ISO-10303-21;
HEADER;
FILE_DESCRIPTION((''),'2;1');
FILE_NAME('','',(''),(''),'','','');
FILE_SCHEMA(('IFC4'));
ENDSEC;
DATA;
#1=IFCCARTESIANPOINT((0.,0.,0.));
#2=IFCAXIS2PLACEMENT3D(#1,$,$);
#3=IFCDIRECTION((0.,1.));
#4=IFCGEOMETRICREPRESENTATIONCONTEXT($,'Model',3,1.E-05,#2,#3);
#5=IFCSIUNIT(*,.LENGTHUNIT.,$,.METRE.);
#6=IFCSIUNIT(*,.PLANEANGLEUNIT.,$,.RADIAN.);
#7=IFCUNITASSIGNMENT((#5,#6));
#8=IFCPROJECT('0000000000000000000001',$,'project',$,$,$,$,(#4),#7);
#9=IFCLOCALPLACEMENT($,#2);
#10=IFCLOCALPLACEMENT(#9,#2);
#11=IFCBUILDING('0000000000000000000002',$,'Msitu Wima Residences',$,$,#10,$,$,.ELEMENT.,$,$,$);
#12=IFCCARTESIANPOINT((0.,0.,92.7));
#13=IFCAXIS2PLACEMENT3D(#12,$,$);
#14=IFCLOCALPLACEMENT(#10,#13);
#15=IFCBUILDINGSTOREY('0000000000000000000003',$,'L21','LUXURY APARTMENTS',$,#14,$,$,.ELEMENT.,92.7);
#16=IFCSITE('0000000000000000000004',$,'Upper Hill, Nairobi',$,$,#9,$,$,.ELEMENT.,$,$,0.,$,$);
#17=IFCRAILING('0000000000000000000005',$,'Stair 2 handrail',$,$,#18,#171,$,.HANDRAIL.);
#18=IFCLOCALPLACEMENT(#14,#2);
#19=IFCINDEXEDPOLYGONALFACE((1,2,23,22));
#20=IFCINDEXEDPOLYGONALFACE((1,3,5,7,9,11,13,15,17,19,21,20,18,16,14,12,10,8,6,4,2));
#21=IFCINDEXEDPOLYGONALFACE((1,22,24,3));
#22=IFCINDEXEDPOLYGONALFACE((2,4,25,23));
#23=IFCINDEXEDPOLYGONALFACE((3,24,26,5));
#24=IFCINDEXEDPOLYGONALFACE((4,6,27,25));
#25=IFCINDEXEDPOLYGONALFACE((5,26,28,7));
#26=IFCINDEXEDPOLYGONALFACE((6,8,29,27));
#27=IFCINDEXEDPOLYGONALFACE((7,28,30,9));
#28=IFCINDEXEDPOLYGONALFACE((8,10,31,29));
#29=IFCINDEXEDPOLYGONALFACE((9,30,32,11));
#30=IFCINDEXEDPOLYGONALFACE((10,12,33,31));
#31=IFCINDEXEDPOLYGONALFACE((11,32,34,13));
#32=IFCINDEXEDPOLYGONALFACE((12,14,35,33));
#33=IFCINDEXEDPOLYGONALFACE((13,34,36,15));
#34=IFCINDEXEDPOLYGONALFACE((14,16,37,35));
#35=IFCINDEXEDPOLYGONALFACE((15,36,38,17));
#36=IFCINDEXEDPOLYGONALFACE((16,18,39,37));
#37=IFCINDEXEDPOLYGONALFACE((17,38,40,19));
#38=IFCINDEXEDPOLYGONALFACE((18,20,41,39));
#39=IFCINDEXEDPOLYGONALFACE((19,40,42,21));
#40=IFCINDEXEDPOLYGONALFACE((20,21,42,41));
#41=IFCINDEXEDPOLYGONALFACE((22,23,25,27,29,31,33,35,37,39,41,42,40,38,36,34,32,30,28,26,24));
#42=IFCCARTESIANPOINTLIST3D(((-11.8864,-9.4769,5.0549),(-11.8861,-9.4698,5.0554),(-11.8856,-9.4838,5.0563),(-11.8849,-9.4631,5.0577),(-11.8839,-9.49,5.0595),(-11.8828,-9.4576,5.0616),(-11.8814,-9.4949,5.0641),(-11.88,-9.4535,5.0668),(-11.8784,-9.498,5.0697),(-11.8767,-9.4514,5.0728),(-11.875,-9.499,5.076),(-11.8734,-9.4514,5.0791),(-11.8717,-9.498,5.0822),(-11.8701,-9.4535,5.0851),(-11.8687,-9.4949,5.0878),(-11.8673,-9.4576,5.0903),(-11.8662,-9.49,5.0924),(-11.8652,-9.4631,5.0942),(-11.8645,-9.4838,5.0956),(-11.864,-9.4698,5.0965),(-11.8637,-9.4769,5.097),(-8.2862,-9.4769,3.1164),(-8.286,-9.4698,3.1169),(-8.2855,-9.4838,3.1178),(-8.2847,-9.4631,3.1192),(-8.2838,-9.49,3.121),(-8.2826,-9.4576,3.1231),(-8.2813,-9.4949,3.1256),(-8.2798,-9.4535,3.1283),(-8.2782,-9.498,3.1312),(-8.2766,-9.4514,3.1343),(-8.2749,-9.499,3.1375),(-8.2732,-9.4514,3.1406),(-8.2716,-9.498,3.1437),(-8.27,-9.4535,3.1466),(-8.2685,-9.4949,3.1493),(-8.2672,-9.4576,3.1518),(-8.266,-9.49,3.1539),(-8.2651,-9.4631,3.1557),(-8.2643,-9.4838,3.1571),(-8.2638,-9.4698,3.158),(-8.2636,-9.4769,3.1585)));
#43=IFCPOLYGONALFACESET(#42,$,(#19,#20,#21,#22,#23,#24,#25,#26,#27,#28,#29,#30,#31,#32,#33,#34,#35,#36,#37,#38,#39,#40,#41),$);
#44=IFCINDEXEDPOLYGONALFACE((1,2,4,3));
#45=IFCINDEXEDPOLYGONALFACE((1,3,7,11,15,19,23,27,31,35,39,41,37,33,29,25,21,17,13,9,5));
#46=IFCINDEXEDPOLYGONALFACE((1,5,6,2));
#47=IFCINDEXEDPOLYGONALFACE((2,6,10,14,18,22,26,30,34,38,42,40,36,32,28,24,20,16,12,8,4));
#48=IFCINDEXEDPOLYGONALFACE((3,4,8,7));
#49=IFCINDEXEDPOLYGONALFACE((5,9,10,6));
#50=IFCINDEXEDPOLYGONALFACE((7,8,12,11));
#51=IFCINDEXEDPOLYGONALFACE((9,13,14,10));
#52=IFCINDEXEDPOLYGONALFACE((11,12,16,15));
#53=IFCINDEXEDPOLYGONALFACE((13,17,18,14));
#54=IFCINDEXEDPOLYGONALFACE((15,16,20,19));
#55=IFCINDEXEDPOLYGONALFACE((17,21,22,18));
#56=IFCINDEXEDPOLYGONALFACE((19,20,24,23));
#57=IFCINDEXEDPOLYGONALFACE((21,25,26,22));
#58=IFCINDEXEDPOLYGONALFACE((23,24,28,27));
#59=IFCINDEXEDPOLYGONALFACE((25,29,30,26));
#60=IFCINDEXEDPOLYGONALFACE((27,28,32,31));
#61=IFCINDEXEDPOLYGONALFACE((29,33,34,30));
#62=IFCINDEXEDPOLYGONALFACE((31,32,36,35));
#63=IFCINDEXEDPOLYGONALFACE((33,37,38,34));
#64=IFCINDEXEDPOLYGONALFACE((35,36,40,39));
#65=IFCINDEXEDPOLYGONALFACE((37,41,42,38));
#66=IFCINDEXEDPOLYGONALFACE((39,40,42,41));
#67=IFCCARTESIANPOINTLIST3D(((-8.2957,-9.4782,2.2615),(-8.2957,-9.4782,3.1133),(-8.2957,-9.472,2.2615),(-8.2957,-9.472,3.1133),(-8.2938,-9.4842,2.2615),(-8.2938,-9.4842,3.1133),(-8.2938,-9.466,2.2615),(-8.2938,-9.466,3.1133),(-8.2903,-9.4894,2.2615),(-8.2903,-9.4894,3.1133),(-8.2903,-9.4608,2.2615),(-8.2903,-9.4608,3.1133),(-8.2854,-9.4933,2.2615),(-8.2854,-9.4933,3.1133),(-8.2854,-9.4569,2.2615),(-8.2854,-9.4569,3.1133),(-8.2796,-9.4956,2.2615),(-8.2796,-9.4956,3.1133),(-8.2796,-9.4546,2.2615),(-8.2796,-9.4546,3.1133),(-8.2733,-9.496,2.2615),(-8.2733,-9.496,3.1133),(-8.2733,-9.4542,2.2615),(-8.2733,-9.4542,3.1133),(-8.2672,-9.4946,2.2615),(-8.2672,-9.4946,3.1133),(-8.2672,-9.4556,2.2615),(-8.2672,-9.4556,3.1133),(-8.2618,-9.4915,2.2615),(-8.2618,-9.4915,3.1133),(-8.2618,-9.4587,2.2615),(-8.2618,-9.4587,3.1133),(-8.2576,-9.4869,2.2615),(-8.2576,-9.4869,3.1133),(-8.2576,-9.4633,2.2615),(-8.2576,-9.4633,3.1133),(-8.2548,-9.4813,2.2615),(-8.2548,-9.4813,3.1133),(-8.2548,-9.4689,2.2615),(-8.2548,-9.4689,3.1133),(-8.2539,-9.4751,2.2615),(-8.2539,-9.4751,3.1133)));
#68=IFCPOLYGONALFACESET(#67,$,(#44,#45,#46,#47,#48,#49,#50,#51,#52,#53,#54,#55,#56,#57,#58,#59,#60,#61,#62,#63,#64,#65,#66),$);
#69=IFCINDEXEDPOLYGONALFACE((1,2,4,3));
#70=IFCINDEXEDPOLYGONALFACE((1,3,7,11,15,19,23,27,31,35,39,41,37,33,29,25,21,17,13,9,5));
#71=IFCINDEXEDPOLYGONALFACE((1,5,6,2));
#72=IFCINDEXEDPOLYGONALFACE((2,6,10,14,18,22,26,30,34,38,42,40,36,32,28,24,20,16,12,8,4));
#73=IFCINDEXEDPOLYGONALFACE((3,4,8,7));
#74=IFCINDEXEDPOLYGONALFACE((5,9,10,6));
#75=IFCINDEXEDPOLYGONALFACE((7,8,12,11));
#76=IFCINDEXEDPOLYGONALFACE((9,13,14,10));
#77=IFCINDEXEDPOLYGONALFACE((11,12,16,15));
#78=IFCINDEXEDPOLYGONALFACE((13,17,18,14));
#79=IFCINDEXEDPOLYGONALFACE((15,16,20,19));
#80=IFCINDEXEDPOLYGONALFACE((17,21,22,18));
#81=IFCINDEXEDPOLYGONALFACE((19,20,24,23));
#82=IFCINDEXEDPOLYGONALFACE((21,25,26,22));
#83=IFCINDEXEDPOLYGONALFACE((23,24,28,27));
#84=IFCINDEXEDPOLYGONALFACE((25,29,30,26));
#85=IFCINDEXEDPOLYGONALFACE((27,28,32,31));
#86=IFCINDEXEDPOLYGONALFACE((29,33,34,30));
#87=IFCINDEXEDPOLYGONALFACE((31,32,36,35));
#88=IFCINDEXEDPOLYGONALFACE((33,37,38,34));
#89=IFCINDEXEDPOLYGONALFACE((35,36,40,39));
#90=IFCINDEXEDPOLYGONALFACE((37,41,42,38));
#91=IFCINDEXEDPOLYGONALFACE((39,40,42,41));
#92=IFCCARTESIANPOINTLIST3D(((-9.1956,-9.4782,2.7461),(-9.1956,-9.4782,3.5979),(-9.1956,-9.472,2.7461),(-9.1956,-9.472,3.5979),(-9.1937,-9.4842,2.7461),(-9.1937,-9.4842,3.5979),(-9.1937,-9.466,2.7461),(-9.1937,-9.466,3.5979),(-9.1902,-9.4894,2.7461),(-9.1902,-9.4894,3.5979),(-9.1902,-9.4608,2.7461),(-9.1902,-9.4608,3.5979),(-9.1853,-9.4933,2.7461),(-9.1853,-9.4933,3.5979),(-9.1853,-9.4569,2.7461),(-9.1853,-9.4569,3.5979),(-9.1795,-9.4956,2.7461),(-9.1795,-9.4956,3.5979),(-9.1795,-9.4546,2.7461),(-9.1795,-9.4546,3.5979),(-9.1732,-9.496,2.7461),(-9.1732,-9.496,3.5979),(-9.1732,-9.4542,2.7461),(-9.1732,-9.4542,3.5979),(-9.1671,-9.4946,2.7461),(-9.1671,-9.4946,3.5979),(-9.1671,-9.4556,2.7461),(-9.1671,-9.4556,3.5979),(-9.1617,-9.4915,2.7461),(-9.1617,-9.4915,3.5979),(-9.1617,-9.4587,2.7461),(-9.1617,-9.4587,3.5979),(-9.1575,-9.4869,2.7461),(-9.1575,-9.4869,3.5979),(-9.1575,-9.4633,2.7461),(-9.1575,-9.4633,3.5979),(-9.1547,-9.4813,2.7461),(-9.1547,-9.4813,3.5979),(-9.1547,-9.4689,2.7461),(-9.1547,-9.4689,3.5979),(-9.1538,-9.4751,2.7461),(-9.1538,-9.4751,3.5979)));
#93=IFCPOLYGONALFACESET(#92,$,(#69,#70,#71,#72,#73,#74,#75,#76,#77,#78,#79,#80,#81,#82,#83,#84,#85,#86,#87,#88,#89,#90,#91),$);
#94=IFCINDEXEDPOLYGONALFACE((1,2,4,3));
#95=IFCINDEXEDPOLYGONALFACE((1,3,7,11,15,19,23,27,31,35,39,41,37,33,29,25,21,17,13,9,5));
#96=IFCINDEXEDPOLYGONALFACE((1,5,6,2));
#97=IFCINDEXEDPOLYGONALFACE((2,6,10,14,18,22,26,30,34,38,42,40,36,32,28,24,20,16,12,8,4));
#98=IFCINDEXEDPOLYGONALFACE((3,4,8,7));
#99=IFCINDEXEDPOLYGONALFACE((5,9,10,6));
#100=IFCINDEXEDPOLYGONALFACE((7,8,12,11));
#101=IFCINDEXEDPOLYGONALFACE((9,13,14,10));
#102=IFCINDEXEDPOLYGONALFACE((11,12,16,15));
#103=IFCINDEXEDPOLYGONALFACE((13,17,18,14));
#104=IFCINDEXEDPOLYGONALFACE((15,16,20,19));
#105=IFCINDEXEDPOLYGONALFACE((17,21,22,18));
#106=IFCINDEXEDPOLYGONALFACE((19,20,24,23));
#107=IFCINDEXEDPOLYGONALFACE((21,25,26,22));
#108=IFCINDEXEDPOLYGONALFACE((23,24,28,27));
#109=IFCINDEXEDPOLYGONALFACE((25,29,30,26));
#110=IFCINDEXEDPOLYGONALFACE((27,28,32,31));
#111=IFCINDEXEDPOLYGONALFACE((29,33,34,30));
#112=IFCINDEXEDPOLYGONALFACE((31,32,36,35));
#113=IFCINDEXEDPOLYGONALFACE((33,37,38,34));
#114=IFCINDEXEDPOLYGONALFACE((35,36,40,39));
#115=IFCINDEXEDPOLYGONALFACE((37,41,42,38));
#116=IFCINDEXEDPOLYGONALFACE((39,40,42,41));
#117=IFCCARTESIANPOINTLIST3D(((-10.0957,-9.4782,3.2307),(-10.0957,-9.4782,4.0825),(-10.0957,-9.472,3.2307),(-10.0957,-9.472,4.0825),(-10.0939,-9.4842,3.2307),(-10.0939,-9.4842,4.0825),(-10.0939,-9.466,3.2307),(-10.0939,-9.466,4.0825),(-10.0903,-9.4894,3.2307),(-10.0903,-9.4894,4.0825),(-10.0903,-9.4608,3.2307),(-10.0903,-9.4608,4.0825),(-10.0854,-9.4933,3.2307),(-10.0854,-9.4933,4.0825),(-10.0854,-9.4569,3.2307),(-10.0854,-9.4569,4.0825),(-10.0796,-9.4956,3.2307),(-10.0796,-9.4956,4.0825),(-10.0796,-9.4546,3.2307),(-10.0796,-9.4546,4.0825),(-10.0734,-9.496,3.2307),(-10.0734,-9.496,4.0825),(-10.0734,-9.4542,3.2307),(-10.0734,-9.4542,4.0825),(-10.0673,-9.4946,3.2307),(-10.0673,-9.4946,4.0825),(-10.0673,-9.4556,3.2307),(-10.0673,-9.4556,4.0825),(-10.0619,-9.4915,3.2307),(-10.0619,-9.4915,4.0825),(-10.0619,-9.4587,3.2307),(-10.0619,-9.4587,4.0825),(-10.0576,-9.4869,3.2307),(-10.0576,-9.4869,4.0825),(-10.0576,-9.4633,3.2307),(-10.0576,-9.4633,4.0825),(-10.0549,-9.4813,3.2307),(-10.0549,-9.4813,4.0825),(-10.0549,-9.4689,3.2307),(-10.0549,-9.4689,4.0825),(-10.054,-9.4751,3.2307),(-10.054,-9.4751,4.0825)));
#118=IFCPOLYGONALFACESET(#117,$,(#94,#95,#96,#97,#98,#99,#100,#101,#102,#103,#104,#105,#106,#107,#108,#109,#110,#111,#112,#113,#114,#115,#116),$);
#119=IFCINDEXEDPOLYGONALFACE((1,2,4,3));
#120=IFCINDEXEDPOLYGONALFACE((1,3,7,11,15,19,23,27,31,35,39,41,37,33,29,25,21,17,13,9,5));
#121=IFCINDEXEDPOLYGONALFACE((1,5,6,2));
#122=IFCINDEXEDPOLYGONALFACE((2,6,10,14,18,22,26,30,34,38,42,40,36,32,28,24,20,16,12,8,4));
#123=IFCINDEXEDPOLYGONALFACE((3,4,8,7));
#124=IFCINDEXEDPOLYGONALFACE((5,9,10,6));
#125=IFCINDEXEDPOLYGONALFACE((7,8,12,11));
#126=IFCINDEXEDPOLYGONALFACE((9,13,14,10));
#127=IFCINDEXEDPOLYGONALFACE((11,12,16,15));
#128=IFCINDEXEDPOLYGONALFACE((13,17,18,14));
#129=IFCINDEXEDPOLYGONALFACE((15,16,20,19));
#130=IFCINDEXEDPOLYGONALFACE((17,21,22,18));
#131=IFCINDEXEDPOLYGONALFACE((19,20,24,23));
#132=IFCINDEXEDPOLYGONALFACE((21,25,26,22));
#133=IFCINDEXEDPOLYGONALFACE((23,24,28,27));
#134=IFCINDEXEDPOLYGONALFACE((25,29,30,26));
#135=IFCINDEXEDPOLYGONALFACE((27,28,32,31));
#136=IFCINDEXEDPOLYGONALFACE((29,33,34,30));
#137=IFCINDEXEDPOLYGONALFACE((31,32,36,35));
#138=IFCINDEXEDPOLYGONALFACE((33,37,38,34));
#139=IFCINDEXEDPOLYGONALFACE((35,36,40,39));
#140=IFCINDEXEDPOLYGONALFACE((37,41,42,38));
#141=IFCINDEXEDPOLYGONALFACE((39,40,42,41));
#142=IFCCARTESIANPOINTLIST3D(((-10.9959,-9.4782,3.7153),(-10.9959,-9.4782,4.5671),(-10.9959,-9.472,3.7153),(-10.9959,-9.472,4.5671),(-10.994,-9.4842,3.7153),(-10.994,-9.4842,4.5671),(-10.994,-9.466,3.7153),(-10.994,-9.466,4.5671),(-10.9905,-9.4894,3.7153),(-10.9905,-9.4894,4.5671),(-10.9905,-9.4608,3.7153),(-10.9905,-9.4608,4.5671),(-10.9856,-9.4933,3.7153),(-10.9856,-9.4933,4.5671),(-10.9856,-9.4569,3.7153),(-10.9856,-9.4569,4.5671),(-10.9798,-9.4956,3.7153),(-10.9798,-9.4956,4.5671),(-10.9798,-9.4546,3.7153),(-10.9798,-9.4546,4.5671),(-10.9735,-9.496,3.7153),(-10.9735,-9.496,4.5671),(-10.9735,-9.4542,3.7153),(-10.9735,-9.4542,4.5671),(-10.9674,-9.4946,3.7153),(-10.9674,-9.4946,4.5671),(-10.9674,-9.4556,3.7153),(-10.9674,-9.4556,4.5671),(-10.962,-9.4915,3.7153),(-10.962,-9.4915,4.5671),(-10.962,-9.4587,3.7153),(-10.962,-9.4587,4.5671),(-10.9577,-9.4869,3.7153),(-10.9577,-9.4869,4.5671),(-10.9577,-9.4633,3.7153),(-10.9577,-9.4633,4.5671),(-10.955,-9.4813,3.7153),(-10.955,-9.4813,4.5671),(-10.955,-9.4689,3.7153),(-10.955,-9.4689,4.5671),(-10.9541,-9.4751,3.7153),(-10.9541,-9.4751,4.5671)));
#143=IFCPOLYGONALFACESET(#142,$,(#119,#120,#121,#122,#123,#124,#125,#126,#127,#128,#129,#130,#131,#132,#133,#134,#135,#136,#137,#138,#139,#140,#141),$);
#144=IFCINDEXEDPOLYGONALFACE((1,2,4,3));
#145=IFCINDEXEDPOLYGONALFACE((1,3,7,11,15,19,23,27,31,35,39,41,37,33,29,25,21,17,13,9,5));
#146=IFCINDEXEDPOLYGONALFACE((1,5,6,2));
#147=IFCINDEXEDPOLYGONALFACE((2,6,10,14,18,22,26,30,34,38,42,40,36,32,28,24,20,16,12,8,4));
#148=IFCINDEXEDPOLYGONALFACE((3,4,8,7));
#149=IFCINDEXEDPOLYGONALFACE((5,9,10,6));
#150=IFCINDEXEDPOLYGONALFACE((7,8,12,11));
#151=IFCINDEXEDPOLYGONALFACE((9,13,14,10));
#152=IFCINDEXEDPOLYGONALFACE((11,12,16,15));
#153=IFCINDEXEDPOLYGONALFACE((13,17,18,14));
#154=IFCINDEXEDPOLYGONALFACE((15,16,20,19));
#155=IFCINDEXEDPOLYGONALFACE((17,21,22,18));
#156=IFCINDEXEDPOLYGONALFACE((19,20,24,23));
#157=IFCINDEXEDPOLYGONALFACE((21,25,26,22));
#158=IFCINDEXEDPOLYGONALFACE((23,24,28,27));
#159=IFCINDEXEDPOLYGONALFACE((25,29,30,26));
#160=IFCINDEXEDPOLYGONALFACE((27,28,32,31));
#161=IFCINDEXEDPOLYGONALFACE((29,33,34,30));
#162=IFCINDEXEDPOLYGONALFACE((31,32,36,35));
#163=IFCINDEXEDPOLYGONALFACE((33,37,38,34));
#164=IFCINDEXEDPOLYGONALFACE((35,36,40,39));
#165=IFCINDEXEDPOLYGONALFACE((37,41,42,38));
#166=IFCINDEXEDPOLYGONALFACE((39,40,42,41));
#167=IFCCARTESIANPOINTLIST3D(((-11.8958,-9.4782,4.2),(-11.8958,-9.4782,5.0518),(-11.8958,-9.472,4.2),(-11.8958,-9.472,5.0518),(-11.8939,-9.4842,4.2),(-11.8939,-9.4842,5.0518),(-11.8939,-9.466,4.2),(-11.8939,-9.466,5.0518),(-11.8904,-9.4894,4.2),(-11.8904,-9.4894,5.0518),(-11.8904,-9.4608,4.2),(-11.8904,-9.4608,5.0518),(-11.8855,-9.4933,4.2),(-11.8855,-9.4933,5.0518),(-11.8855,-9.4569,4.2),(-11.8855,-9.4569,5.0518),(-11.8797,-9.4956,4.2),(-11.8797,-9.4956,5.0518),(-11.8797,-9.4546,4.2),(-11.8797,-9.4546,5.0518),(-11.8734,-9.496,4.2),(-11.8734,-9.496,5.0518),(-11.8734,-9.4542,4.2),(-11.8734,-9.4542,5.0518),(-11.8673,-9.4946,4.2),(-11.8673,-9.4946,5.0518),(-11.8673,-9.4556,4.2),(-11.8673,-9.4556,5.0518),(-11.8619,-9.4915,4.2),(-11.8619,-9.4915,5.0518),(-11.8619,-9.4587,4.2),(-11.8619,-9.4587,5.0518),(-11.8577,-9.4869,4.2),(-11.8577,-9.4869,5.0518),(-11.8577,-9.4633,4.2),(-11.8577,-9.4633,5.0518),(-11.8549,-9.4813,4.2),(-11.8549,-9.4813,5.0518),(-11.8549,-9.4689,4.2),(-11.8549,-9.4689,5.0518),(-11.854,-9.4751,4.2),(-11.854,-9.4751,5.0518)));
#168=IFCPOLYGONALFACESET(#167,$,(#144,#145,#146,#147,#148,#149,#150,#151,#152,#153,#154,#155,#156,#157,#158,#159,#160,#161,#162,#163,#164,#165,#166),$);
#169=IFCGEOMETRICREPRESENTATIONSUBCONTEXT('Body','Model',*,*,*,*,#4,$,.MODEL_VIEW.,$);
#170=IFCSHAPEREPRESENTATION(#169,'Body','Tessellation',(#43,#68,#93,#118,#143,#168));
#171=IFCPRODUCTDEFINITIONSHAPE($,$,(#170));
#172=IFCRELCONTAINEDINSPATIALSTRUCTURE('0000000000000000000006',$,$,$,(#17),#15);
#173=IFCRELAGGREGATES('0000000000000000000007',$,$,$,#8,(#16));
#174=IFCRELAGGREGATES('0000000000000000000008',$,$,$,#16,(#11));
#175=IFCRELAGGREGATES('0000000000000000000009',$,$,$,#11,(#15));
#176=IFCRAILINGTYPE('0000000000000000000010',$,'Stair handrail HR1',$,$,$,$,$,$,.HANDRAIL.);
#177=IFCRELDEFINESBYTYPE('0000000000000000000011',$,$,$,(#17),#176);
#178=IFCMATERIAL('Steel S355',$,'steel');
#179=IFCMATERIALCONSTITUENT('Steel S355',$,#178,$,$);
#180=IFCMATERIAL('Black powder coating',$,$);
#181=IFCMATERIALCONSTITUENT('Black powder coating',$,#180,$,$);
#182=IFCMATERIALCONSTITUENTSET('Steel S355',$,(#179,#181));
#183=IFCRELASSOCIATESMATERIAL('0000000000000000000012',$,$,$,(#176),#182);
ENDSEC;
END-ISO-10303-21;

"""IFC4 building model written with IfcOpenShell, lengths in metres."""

from ifc_helpers import new_model, si_unit, direction, frame, origin, origin_2d, place, context, subcontext, project, spatial, circle, extrude, material, constituent, constituent_set, type_object, element, save


model = new_model("IFC4")

# Units and contexts
model_context = context("Model", 3, precision=1e-05, world=origin(), true_north=direction((0.0, 1.0)))
body_context = subcontext(model_context, "Body", "Model", "MODEL_VIEW")
ifc_project = project(units=[si_unit("LENGTHUNIT", "METRE"), si_unit("PLANEANGLEUNIT", "RADIAN")], contexts=[model_context])

# Site, building, storey
site_placement = place(None, origin())
site = spatial("IfcSite", under=ifc_project, at=site_placement, Name="Upper Hill, Nairobi", CompositionType="ELEMENT", RefElevation=0.0)
building_placement = place(site_placement, origin())
building = spatial("IfcBuilding", under=site, at=building_placement, Name="Msitu Wima Residences", CompositionType="ELEMENT")
storey_placement = place(building_placement, frame((0.0, 0.0, 92.7)))
storey = spatial("IfcBuildingStorey", under=building, at=storey_placement, Name="L21", Description="LUXURY APARTMENTS", CompositionType="ELEMENT", Elevation=92.7)

# Railing
ifc_material_1 = material(Name="Steel S355", Category="steel")
ifc_constituent_1 = constituent(ifc_material_1, Name="Steel S355")
ifc_material_2 = material(Name="Black powder coating")
ifc_constituent_2 = constituent(ifc_material_2, Name="Black powder coating")
ifc_constituent_set = constituent_set(constituents=[ifc_constituent_1, ifc_constituent_2], Name="Steel S355")
railing_type = type_object("IfcRailingType", Name="Stair handrail HR1", PredefinedType="HANDRAIL", material=ifc_constituent_set)
for number, where, name in (
    (1, (-8.2749, -9.4751, 2.2615), "Stair 2 handrail"),
):
    element("IfcRailing", number, at=place(storey_placement, frame(where)), inside=storey, type_object=railing_type, Name=name, PredefinedType="HANDRAIL", context=body_context, shape_type="SweptSolid", body=[
        extrude(circle(Radius=0.0239, at=origin_2d()), frame((0.0, 0.0, 0.876), z_axis=(-0.880475, 0.0, 0.474093), x_axis=(0.0, -1.0, 0.0)), (0.0, 0.0, 1.0), 4.0889),
        extrude(circle(Radius=0.021, at=origin_2d()), origin(), (0.0, 0.0, 1.0), 0.8518),
        extrude(circle(Radius=0.021, at=origin_2d()), frame((-0.8999, 0.0, 0.4846)), (0.0, 0.0, 1.0), 0.8518),
        extrude(circle(Radius=0.021, at=origin_2d()), frame((-1.8, 0.0, 0.9692)), (0.0, 0.0, 1.0), 0.8518),
        extrude(circle(Radius=0.021, at=origin_2d()), frame((-2.7002, 0.0, 1.4539)), (0.0, 0.0, 1.0), 0.8518),
        extrude(circle(Radius=0.021, at=origin_2d()), frame((-3.6001, 0.0, 1.9385)), (0.0, 0.0, 1.0), 0.8518),
    ])

save(model, "model.ifc")
